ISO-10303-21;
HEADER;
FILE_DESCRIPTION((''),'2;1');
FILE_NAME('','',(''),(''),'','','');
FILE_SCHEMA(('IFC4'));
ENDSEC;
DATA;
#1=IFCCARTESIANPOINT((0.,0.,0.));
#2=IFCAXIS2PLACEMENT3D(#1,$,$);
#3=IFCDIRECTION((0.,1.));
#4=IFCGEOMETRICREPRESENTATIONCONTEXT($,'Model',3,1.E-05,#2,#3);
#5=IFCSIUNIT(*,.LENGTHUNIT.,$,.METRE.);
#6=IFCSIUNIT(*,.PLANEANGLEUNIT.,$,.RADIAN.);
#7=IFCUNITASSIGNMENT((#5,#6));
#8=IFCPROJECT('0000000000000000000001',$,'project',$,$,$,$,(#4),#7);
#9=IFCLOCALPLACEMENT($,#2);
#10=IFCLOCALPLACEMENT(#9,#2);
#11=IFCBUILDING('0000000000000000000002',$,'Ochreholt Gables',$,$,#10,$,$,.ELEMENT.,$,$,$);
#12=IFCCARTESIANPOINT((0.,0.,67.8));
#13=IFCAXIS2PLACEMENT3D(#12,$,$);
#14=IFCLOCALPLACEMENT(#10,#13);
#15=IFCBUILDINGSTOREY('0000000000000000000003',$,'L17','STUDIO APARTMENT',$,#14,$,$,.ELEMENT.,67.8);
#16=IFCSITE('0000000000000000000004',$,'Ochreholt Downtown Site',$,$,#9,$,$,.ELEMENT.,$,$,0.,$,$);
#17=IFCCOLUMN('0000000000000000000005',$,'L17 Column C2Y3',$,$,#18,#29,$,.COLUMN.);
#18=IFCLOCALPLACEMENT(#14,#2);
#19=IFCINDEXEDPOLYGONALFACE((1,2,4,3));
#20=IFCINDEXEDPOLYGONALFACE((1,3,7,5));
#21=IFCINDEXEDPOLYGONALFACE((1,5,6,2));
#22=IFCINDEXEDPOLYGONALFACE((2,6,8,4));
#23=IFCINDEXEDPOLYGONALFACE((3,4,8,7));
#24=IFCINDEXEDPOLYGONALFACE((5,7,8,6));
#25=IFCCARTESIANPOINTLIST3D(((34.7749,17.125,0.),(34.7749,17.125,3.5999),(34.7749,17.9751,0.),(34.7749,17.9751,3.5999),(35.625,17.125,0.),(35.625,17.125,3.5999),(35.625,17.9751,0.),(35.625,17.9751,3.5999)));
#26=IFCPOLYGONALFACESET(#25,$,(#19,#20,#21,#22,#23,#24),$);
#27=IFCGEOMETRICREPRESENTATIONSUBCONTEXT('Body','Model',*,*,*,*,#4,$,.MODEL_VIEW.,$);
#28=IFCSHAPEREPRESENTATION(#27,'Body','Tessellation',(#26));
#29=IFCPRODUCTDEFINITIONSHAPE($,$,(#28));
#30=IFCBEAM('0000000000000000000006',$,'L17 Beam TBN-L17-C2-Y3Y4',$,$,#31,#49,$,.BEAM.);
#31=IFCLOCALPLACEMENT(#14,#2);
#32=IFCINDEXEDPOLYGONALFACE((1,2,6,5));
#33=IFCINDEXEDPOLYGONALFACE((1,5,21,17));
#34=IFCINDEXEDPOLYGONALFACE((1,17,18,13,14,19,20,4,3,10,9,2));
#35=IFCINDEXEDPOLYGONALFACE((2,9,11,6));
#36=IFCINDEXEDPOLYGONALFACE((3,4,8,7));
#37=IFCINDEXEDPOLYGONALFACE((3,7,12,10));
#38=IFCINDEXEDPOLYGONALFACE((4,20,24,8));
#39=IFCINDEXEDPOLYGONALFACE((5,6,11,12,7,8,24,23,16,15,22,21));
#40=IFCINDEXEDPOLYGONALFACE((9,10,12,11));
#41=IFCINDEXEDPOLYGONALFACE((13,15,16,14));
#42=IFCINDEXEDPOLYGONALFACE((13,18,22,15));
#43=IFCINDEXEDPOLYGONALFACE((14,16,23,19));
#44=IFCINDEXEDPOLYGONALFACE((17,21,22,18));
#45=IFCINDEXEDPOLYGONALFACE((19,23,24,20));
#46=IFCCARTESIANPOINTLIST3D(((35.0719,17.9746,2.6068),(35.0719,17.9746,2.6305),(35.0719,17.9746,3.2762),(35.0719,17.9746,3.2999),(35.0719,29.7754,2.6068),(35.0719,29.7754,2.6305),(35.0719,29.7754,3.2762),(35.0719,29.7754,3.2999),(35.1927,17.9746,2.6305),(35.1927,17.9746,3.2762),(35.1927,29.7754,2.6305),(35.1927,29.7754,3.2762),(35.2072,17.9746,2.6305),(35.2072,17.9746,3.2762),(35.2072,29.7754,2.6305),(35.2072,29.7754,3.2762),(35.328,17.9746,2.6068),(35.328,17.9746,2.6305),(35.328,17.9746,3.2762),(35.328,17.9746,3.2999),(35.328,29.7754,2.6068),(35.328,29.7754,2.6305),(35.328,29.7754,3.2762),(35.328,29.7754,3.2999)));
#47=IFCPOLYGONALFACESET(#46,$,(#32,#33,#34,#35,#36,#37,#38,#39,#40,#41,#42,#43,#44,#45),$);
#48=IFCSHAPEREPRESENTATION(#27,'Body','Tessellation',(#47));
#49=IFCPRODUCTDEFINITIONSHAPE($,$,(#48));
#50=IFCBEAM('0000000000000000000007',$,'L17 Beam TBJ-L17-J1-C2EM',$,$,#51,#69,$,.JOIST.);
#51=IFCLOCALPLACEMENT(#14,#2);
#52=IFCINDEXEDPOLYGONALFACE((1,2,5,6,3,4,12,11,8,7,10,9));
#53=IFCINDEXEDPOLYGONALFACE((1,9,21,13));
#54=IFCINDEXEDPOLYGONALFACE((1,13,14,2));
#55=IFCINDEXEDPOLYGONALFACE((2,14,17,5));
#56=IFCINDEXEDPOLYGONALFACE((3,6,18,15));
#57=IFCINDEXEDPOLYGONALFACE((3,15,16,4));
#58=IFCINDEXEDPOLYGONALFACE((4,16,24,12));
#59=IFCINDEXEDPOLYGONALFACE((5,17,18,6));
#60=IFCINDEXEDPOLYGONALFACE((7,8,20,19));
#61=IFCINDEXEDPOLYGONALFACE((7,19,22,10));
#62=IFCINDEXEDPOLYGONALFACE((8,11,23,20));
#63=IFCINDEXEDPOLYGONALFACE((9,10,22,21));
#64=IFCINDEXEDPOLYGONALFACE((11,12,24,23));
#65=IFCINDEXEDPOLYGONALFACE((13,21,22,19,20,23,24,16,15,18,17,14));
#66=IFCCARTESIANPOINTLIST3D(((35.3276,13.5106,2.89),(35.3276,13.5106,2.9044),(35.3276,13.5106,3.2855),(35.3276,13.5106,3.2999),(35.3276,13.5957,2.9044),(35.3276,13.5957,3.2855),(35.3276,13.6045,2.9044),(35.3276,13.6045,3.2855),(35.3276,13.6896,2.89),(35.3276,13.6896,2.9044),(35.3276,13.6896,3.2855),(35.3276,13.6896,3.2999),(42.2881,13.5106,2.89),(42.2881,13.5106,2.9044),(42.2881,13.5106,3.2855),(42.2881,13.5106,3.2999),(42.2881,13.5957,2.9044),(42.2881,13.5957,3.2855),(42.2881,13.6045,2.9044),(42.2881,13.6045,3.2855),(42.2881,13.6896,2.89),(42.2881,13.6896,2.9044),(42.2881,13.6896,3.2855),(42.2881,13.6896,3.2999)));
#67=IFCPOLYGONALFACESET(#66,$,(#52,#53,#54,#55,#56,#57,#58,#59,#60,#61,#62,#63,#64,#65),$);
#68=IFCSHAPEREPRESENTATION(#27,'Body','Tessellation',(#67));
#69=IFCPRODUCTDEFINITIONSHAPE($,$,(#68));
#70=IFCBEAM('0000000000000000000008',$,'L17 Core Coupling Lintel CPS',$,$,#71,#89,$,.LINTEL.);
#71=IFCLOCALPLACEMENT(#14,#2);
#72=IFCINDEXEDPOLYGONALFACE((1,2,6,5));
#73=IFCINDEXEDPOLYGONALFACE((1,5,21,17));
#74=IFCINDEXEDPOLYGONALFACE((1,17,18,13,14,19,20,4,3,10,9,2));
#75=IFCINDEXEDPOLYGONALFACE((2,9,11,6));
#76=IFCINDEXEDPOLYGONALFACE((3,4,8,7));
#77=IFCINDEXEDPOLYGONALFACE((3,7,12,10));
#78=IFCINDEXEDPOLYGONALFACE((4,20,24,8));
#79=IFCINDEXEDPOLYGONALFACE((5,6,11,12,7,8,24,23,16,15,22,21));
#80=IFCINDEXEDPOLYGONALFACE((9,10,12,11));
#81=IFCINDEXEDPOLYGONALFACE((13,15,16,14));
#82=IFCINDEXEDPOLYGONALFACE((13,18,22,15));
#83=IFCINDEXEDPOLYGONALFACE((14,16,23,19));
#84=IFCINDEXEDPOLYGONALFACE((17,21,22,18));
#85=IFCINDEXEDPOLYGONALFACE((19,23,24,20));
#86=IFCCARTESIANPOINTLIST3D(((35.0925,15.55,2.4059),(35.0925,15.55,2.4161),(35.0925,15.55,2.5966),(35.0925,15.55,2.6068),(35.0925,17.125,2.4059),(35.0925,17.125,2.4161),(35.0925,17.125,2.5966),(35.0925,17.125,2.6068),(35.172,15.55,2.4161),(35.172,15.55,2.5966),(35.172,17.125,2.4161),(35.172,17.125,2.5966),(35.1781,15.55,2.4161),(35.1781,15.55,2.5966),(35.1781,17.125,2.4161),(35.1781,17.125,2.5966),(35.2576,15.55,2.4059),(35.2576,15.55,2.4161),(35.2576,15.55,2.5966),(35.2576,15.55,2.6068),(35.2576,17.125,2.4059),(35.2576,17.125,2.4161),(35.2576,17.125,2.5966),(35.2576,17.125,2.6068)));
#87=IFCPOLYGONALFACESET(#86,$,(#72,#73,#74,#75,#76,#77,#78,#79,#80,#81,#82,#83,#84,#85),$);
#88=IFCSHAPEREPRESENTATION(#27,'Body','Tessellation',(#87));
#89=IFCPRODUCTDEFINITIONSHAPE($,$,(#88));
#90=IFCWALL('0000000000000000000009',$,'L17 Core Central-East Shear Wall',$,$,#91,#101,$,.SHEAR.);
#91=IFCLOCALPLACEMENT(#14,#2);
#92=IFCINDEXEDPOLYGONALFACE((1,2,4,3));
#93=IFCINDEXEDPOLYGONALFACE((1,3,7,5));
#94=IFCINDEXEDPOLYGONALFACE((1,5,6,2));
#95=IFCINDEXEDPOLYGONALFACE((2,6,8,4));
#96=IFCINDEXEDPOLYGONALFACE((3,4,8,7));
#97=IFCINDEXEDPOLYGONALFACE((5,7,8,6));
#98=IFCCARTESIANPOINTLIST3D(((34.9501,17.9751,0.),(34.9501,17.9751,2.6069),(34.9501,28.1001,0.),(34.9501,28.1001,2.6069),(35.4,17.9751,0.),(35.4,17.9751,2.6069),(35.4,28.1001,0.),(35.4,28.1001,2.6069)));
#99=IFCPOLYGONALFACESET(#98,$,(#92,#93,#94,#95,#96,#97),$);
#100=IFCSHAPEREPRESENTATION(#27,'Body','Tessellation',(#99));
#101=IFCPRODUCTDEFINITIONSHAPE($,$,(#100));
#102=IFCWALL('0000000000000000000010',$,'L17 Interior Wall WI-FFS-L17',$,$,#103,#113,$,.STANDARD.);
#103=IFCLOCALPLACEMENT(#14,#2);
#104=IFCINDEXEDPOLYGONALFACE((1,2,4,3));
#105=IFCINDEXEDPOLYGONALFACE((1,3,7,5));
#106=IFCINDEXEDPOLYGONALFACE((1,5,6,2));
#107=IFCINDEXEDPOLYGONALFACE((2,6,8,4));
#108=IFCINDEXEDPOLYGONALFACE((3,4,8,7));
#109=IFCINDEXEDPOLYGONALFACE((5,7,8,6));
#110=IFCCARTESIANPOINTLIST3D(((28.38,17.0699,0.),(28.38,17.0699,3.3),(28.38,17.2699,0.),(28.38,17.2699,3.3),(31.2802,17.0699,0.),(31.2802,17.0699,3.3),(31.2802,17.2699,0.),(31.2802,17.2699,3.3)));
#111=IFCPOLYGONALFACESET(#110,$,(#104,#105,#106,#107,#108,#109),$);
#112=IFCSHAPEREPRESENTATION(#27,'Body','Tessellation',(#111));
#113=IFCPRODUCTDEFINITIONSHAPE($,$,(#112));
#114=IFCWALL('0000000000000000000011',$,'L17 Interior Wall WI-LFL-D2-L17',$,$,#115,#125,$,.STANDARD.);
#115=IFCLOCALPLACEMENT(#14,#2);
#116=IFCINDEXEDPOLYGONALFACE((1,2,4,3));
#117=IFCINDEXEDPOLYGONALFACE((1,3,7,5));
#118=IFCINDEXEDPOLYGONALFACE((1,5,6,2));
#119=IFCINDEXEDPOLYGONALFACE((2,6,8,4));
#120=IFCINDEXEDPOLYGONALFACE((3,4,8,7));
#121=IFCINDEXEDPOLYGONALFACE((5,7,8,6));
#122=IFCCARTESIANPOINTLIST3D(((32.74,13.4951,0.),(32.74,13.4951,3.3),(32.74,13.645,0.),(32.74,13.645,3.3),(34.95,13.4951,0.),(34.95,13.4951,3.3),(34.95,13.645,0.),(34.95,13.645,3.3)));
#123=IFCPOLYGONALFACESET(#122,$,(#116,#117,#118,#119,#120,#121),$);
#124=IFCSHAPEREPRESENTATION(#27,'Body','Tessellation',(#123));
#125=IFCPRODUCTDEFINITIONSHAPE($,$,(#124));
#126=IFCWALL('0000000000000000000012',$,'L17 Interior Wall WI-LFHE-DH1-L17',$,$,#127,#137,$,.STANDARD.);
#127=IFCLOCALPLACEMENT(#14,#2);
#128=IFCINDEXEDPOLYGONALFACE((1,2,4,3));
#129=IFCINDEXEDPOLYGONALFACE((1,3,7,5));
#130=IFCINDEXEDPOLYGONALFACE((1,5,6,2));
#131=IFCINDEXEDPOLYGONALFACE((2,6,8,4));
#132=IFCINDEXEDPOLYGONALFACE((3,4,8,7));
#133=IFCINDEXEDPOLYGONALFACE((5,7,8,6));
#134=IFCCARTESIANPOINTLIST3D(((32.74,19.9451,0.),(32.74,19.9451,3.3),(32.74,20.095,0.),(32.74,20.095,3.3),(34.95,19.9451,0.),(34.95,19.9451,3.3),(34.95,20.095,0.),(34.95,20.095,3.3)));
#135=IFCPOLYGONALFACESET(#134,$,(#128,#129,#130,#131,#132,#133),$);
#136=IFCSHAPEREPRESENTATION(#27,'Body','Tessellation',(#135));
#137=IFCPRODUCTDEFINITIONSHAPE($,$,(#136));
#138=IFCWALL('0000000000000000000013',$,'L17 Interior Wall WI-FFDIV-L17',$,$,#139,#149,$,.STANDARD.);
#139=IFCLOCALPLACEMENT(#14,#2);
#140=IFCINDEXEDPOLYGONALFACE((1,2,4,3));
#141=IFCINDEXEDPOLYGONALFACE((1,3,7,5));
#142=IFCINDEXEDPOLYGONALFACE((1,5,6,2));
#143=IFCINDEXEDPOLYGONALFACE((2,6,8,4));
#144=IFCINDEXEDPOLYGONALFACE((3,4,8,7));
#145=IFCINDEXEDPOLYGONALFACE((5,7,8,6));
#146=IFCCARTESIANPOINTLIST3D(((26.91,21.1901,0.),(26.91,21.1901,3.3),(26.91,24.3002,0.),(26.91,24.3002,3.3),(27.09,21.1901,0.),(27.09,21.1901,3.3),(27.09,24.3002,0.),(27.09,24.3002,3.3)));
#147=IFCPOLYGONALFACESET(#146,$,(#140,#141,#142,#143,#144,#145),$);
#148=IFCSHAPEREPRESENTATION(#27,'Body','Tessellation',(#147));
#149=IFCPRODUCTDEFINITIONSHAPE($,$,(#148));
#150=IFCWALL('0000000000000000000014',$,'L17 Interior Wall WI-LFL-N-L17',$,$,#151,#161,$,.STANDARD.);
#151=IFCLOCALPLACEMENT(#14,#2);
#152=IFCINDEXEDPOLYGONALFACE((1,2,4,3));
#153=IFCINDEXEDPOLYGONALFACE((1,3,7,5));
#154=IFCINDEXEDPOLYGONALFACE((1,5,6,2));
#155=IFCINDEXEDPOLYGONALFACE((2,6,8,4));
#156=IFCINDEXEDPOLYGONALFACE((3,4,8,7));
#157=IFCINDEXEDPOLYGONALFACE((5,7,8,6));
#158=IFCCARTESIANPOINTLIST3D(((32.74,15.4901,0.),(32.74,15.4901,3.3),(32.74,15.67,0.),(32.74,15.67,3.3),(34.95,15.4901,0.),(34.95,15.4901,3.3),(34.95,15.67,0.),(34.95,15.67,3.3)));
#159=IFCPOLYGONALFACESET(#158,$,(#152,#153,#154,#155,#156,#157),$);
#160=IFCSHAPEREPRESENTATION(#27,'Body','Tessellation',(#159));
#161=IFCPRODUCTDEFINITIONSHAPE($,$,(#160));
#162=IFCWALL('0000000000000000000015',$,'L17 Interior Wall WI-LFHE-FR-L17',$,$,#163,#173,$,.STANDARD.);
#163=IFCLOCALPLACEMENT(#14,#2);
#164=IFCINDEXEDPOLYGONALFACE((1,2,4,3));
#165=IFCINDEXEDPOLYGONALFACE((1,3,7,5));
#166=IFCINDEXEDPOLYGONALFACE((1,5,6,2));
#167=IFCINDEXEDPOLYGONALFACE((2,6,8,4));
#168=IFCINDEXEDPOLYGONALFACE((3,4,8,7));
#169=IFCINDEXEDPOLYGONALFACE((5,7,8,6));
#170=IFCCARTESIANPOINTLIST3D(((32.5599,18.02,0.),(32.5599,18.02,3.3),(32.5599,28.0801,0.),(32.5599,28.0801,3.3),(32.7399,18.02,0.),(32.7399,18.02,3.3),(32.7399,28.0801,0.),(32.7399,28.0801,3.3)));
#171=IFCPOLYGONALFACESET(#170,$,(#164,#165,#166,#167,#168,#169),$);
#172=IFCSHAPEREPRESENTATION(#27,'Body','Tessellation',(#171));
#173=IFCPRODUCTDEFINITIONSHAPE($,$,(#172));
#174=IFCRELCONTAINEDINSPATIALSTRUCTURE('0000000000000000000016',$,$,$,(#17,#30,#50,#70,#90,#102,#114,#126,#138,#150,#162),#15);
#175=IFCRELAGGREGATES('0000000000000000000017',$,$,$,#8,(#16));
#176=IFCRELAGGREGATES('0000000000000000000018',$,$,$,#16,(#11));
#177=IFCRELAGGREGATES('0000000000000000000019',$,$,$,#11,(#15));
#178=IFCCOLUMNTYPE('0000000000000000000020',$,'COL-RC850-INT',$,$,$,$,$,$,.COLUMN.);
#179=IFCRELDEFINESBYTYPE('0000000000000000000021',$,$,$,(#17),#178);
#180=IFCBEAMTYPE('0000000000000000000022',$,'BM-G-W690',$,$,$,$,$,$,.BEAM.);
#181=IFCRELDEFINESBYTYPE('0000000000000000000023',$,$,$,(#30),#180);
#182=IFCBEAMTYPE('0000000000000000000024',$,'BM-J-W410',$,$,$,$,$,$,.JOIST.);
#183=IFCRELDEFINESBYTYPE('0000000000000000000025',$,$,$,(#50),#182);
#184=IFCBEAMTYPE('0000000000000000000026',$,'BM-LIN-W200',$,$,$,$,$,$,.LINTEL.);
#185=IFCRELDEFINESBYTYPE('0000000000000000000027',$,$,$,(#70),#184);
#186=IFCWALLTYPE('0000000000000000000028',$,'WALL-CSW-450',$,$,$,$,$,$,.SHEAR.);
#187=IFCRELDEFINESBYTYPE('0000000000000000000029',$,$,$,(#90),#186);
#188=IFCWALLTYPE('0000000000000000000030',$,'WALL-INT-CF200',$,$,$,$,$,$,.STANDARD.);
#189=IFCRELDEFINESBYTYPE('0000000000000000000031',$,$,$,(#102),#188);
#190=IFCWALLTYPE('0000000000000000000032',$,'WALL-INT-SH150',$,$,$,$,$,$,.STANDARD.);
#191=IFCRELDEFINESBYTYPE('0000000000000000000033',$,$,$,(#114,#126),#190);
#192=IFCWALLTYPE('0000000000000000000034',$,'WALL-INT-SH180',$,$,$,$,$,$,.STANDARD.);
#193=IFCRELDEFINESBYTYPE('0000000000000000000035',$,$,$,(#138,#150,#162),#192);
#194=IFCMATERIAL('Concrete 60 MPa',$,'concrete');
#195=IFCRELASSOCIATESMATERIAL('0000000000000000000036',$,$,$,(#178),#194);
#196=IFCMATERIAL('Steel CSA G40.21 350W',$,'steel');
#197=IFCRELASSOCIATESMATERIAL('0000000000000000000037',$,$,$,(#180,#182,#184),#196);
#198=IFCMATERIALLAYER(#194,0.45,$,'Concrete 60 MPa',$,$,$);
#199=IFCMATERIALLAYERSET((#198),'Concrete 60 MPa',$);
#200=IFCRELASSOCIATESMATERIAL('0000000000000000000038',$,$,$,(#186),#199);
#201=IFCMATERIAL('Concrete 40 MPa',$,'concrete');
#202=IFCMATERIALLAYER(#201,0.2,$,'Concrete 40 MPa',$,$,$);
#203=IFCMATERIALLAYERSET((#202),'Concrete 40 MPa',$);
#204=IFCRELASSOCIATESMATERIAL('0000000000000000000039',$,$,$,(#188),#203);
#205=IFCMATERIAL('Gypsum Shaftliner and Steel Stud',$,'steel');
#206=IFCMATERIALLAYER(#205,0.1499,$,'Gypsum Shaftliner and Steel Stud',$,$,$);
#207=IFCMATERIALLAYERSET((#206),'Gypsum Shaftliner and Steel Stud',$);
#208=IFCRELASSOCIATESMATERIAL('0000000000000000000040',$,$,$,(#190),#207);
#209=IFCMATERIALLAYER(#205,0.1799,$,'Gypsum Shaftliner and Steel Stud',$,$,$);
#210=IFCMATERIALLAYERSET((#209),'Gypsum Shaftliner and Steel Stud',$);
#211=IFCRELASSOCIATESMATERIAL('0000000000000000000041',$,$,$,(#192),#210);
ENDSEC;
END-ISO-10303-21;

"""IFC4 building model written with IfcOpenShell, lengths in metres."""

from ifc_helpers import new_model, si_unit, direction, frame, frame_2d, origin, origin_2d, place, context, subcontext, project, spatial, rectangle, i_section, extrude, material, layer, layer_set, material_profile, profile_set, type_object, element, save


model = new_model("IFC4")

# Units and contexts
model_context = context("Model", 3, precision=1e-05, world=origin(), true_north=direction((0.0, 1.0)))
body_context = subcontext(model_context, "Body", "Model", "MODEL_VIEW")
ifc_project = project(units=[si_unit("LENGTHUNIT", "METRE"), si_unit("PLANEANGLEUNIT", "RADIAN")], contexts=[model_context])

# Site, building, storey
site_placement = place(None, origin())
site = spatial("IfcSite", under=ifc_project, at=site_placement, Name="Ochreholt Downtown Site", CompositionType="ELEMENT", RefElevation=0.0)
building_placement = place(site_placement, origin())
building = spatial("IfcBuilding", under=site, at=building_placement, Name="Ochreholt Gables", CompositionType="ELEMENT")
storey_placement = place(building_placement, frame((0.0, 0.0, 67.8)))
storey = spatial("IfcBuildingStorey", under=building, at=storey_placement, Name="L17", Description="STUDIO APARTMENT", CompositionType="ELEMENT", Elevation=67.8)

# Column
ifc_material_1 = material(Name="Concrete 60 MPa", Category="concrete")
ifc_material_profile_1 = material_profile(ifc_material_1, rectangle(XDim=0.8501, YDim=0.8501, at=origin_2d()), Name="RC850X850")
ifc_profile_set_1 = profile_set([ifc_material_profile_1], Name="Concrete 60 MPa")
column_type = type_object("IfcColumnType", Name="COL-RC850-INT", PredefinedType="COLUMN", material=ifc_profile_set_1)
column_placement = place(storey_placement, frame((35.2, 17.55, 0.0), z_axis=(0.0, 0.0, 1.0), x_axis=(1.0, 0.0, 0.0)))
element("IfcColumn", 1, at=column_placement, inside=storey, type_object=column_type, Name="L17 Column C2Y3", PredefinedType="COLUMN", context=body_context, shape_type="SweptSolid", body=[
    extrude(rectangle(XDim=0.8501, YDim=0.8501, at=origin_2d()), origin(), (0.0, 0.0, 1.0), 3.5999),
])

# Beams
ifc_material_2 = material(Name="Steel CSA G40.21 350W", Category="steel")
ifc_material_profile_2 = material_profile(ifc_material_2, i_section(OverallWidth=0.2561, OverallDepth=0.6931, WebThickness=0.0144, FlangeThickness=0.0237, at=origin_2d()), Name="W690X170")
ifc_profile_set_2 = profile_set([ifc_material_profile_2], Name="Steel CSA G40.21 350W")
beam_type_1 = type_object("IfcBeamType", Name="BM-G-W690", PredefinedType="BEAM", material=ifc_profile_set_2)
beam_1_placement = place(storey_placement, frame((35.2, 17.9746, 2.9534), z_axis=(0.0, 1.0, 0.0), x_axis=(-1.0, 0.0, 0.0)))
element("IfcBeam", 2, at=beam_1_placement, inside=storey, type_object=beam_type_1, Name="L17 Beam TBN-L17-C2-Y3Y4", PredefinedType="BEAM", context=body_context, shape_type="SweptSolid", body=[
    extrude(i_section(OverallWidth=0.2561, OverallDepth=0.6931, WebThickness=0.0144, FlangeThickness=0.0237, at=origin_2d()), origin(), (0.0, 0.0, 1.0), 11.8008),
])
ifc_material_profile_3 = material_profile(ifc_material_2, i_section(OverallWidth=0.179, OverallDepth=0.4099, WebThickness=0.0088, FlangeThickness=0.0144, at=origin_2d()), Name="W410X67")
ifc_profile_set_3 = profile_set([ifc_material_profile_3], Name="Steel CSA G40.21 350W")
beam_type_2 = type_object("IfcBeamType", Name="BM-J-W410", PredefinedType="JOIST", material=ifc_profile_set_3)
beam_2_placement = place(storey_placement, frame((35.3276, 13.6001, 3.095), z_axis=(1.0, 0.0, 0.0), x_axis=(0.0, 1.0, 0.0)))
element("IfcBeam", 3, at=beam_2_placement, inside=storey, type_object=beam_type_2, Name="L17 Beam TBJ-L17-J1-C2EM", PredefinedType="JOIST", context=body_context, shape_type="SweptSolid", body=[
    extrude(i_section(OverallWidth=0.179, OverallDepth=0.4099, WebThickness=0.0088, FlangeThickness=0.0144, at=origin_2d()), origin(), (0.0, 0.0, 1.0), 6.9604),
])
ifc_material_profile_4 = material_profile(ifc_material_2, i_section(OverallWidth=0.165, OverallDepth=0.2009, WebThickness=0.0061, FlangeThickness=0.0103, at=origin_2d()), Name="W200X36")
ifc_profile_set_4 = profile_set([ifc_material_profile_4], Name="Steel CSA G40.21 350W")
beam_type_3 = type_object("IfcBeamType", Name="BM-LIN-W200", PredefinedType="LINTEL", material=ifc_profile_set_4)
beam_3_placement = place(storey_placement, frame((35.175, 15.55, 2.5063), z_axis=(0.0, 1.0, 0.0), x_axis=(-1.0, 0.0, 0.0)))
element("IfcBeam", 4, at=beam_3_placement, inside=storey, type_object=beam_type_3, Name="L17 Core Coupling Lintel CPS", PredefinedType="LINTEL", context=body_context, shape_type="SweptSolid", body=[
    extrude(i_section(OverallWidth=0.165, OverallDepth=0.2009, WebThickness=0.0061, FlangeThickness=0.0103, at=origin_2d()), origin(), (0.0, 0.0, 1.0), 1.575),
])

# Walls
ifc_layer_1 = layer(ifc_material_1, 0.45, Name="Concrete 60 MPa")
ifc_layer_set_1 = layer_set([ifc_layer_1], Name="Concrete 60 MPa")
wall_type_1 = type_object("IfcWallType", Name="WALL-CSW-450", PredefinedType="SHEAR", material=ifc_layer_set_1)
wall_1_placement = place(storey_placement, frame((35.175, 17.9751, 0.0), z_axis=(0.0, 0.0, 1.0), x_axis=(0.0, 1.0, 0.0)))
element("IfcWall", 5, at=wall_1_placement, inside=storey, type_object=wall_type_1, Name="L17 Core Central-East Shear Wall", PredefinedType="SHEAR", context=body_context, shape_type="SweptSolid", body=[
    extrude(rectangle(XDim=10.125, YDim=0.45, at=frame_2d((5.0625, 0.0))), origin(), (0.0, 0.0, 1.0), 2.6069),
])
ifc_material_3 = material(Name="Concrete 40 MPa", Category="concrete")
ifc_layer_2 = layer(ifc_material_3, 0.2, Name="Concrete 40 MPa")
ifc_layer_set_2 = layer_set([ifc_layer_2], Name="Concrete 40 MPa")
wall_type_2 = type_object("IfcWallType", Name="WALL-INT-CF200", PredefinedType="STANDARD", material=ifc_layer_set_2)
wall_2_placement = place(storey_placement, frame((28.3799, 17.1699, 0.0), z_axis=(0.0, 0.0, 1.0), x_axis=(1.0, 0.0, 0.0)))
element("IfcWall", 6, at=wall_2_placement, inside=storey, type_object=wall_type_2, Name="L17 Interior Wall WI-FFS-L17", PredefinedType="STANDARD", context=body_context, shape_type="SweptSolid", body=[
    extrude(rectangle(XDim=2.9001, YDim=0.2, at=frame_2d((1.4502, 0.0))), origin(), (0.0, 0.0, 1.0), 3.3),
])

# Walls
ifc_material_4 = material(Name="Gypsum Shaftliner and Steel Stud", Category="steel")
ifc_layer_3 = layer(ifc_material_4, 0.1499, Name="Gypsum Shaftliner and Steel Stud")
ifc_layer_set_3 = layer_set([ifc_layer_3], Name="Gypsum Shaftliner and Steel Stud")
wall_type_3 = type_object("IfcWallType", Name="WALL-INT-SH150", PredefinedType="STANDARD", material=ifc_layer_set_3)
for number, where, z_axis, x_axis, name in (
    (7, (32.74, 13.5701, 0.0), (0.0, 0.0, 1.0), (1.0, 0.0, 0.0), "L17 Interior Wall WI-LFL-D2-L17"),
    (8, (32.74, 20.02, 0.0), (0.0, 0.0, 1.0), (1.0, 0.0, 0.0), "L17 Interior Wall WI-LFHE-DH1-L17"),
):
    element("IfcWall", number, at=place(storey_placement, frame(where, z_axis=z_axis, x_axis=x_axis)), inside=storey, type_object=wall_type_3, Name=name, PredefinedType="STANDARD", context=body_context, shape_type="SweptSolid", body=[
        extrude(rectangle(XDim=2.21, YDim=0.1499, at=frame_2d((1.105, 0.0))), origin(), (0.0, 0.0, 1.0), 3.3),
    ])
ifc_layer_4 = layer(ifc_material_4, 0.1799, Name="Gypsum Shaftliner and Steel Stud")
ifc_layer_set_4 = layer_set([ifc_layer_4], Name="Gypsum Shaftliner and Steel Stud")
wall_type_4 = type_object("IfcWallType", Name="WALL-INT-SH180", PredefinedType="STANDARD", material=ifc_layer_set_4)
wall_3_placement = place(storey_placement, frame((27.0, 21.1899, 0.0), z_axis=(0.0, 0.0, 1.0), x_axis=(0.0, 1.0, 0.0)))
element("IfcWall", 9, at=wall_3_placement, inside=storey, type_object=wall_type_4, Name="L17 Interior Wall WI-FFDIV-L17", PredefinedType="STANDARD", context=body_context, shape_type="SweptSolid", body=[
    extrude(rectangle(XDim=3.1101, YDim=0.1799, at=frame_2d((1.5552, 0.0))), origin(), (0.0, 0.0, 1.0), 3.3),
])
wall_4_placement = place(storey_placement, frame((32.74, 15.5801, 0.0), z_axis=(0.0, 0.0, 1.0), x_axis=(1.0, 0.0, 0.0)))
element("IfcWall", 10, at=wall_4_placement, inside=storey, type_object=wall_type_4, Name="L17 Interior Wall WI-LFL-N-L17", PredefinedType="STANDARD", context=body_context, shape_type="SweptSolid", body=[
    extrude(rectangle(XDim=2.21, YDim=0.1799, at=frame_2d((1.105, 0.0))), origin(), (0.0, 0.0, 1.0), 3.3),
])
wall_5_placement = place(storey_placement, frame((32.6499, 18.02, 0.0), z_axis=(0.0, 0.0, 1.0), x_axis=(0.0, 1.0, 0.0)))
element("IfcWall", 11, at=wall_5_placement, inside=storey, type_object=wall_type_4, Name="L17 Interior Wall WI-LFHE-FR-L17", PredefinedType="STANDARD", context=body_context, shape_type="SweptSolid", body=[
    extrude(rectangle(XDim=10.0601, YDim=0.1799, at=frame_2d((5.03, 0.0))), origin(), (0.0, 0.0, 1.0), 3.3),
])

save(model, "model.ifc")
